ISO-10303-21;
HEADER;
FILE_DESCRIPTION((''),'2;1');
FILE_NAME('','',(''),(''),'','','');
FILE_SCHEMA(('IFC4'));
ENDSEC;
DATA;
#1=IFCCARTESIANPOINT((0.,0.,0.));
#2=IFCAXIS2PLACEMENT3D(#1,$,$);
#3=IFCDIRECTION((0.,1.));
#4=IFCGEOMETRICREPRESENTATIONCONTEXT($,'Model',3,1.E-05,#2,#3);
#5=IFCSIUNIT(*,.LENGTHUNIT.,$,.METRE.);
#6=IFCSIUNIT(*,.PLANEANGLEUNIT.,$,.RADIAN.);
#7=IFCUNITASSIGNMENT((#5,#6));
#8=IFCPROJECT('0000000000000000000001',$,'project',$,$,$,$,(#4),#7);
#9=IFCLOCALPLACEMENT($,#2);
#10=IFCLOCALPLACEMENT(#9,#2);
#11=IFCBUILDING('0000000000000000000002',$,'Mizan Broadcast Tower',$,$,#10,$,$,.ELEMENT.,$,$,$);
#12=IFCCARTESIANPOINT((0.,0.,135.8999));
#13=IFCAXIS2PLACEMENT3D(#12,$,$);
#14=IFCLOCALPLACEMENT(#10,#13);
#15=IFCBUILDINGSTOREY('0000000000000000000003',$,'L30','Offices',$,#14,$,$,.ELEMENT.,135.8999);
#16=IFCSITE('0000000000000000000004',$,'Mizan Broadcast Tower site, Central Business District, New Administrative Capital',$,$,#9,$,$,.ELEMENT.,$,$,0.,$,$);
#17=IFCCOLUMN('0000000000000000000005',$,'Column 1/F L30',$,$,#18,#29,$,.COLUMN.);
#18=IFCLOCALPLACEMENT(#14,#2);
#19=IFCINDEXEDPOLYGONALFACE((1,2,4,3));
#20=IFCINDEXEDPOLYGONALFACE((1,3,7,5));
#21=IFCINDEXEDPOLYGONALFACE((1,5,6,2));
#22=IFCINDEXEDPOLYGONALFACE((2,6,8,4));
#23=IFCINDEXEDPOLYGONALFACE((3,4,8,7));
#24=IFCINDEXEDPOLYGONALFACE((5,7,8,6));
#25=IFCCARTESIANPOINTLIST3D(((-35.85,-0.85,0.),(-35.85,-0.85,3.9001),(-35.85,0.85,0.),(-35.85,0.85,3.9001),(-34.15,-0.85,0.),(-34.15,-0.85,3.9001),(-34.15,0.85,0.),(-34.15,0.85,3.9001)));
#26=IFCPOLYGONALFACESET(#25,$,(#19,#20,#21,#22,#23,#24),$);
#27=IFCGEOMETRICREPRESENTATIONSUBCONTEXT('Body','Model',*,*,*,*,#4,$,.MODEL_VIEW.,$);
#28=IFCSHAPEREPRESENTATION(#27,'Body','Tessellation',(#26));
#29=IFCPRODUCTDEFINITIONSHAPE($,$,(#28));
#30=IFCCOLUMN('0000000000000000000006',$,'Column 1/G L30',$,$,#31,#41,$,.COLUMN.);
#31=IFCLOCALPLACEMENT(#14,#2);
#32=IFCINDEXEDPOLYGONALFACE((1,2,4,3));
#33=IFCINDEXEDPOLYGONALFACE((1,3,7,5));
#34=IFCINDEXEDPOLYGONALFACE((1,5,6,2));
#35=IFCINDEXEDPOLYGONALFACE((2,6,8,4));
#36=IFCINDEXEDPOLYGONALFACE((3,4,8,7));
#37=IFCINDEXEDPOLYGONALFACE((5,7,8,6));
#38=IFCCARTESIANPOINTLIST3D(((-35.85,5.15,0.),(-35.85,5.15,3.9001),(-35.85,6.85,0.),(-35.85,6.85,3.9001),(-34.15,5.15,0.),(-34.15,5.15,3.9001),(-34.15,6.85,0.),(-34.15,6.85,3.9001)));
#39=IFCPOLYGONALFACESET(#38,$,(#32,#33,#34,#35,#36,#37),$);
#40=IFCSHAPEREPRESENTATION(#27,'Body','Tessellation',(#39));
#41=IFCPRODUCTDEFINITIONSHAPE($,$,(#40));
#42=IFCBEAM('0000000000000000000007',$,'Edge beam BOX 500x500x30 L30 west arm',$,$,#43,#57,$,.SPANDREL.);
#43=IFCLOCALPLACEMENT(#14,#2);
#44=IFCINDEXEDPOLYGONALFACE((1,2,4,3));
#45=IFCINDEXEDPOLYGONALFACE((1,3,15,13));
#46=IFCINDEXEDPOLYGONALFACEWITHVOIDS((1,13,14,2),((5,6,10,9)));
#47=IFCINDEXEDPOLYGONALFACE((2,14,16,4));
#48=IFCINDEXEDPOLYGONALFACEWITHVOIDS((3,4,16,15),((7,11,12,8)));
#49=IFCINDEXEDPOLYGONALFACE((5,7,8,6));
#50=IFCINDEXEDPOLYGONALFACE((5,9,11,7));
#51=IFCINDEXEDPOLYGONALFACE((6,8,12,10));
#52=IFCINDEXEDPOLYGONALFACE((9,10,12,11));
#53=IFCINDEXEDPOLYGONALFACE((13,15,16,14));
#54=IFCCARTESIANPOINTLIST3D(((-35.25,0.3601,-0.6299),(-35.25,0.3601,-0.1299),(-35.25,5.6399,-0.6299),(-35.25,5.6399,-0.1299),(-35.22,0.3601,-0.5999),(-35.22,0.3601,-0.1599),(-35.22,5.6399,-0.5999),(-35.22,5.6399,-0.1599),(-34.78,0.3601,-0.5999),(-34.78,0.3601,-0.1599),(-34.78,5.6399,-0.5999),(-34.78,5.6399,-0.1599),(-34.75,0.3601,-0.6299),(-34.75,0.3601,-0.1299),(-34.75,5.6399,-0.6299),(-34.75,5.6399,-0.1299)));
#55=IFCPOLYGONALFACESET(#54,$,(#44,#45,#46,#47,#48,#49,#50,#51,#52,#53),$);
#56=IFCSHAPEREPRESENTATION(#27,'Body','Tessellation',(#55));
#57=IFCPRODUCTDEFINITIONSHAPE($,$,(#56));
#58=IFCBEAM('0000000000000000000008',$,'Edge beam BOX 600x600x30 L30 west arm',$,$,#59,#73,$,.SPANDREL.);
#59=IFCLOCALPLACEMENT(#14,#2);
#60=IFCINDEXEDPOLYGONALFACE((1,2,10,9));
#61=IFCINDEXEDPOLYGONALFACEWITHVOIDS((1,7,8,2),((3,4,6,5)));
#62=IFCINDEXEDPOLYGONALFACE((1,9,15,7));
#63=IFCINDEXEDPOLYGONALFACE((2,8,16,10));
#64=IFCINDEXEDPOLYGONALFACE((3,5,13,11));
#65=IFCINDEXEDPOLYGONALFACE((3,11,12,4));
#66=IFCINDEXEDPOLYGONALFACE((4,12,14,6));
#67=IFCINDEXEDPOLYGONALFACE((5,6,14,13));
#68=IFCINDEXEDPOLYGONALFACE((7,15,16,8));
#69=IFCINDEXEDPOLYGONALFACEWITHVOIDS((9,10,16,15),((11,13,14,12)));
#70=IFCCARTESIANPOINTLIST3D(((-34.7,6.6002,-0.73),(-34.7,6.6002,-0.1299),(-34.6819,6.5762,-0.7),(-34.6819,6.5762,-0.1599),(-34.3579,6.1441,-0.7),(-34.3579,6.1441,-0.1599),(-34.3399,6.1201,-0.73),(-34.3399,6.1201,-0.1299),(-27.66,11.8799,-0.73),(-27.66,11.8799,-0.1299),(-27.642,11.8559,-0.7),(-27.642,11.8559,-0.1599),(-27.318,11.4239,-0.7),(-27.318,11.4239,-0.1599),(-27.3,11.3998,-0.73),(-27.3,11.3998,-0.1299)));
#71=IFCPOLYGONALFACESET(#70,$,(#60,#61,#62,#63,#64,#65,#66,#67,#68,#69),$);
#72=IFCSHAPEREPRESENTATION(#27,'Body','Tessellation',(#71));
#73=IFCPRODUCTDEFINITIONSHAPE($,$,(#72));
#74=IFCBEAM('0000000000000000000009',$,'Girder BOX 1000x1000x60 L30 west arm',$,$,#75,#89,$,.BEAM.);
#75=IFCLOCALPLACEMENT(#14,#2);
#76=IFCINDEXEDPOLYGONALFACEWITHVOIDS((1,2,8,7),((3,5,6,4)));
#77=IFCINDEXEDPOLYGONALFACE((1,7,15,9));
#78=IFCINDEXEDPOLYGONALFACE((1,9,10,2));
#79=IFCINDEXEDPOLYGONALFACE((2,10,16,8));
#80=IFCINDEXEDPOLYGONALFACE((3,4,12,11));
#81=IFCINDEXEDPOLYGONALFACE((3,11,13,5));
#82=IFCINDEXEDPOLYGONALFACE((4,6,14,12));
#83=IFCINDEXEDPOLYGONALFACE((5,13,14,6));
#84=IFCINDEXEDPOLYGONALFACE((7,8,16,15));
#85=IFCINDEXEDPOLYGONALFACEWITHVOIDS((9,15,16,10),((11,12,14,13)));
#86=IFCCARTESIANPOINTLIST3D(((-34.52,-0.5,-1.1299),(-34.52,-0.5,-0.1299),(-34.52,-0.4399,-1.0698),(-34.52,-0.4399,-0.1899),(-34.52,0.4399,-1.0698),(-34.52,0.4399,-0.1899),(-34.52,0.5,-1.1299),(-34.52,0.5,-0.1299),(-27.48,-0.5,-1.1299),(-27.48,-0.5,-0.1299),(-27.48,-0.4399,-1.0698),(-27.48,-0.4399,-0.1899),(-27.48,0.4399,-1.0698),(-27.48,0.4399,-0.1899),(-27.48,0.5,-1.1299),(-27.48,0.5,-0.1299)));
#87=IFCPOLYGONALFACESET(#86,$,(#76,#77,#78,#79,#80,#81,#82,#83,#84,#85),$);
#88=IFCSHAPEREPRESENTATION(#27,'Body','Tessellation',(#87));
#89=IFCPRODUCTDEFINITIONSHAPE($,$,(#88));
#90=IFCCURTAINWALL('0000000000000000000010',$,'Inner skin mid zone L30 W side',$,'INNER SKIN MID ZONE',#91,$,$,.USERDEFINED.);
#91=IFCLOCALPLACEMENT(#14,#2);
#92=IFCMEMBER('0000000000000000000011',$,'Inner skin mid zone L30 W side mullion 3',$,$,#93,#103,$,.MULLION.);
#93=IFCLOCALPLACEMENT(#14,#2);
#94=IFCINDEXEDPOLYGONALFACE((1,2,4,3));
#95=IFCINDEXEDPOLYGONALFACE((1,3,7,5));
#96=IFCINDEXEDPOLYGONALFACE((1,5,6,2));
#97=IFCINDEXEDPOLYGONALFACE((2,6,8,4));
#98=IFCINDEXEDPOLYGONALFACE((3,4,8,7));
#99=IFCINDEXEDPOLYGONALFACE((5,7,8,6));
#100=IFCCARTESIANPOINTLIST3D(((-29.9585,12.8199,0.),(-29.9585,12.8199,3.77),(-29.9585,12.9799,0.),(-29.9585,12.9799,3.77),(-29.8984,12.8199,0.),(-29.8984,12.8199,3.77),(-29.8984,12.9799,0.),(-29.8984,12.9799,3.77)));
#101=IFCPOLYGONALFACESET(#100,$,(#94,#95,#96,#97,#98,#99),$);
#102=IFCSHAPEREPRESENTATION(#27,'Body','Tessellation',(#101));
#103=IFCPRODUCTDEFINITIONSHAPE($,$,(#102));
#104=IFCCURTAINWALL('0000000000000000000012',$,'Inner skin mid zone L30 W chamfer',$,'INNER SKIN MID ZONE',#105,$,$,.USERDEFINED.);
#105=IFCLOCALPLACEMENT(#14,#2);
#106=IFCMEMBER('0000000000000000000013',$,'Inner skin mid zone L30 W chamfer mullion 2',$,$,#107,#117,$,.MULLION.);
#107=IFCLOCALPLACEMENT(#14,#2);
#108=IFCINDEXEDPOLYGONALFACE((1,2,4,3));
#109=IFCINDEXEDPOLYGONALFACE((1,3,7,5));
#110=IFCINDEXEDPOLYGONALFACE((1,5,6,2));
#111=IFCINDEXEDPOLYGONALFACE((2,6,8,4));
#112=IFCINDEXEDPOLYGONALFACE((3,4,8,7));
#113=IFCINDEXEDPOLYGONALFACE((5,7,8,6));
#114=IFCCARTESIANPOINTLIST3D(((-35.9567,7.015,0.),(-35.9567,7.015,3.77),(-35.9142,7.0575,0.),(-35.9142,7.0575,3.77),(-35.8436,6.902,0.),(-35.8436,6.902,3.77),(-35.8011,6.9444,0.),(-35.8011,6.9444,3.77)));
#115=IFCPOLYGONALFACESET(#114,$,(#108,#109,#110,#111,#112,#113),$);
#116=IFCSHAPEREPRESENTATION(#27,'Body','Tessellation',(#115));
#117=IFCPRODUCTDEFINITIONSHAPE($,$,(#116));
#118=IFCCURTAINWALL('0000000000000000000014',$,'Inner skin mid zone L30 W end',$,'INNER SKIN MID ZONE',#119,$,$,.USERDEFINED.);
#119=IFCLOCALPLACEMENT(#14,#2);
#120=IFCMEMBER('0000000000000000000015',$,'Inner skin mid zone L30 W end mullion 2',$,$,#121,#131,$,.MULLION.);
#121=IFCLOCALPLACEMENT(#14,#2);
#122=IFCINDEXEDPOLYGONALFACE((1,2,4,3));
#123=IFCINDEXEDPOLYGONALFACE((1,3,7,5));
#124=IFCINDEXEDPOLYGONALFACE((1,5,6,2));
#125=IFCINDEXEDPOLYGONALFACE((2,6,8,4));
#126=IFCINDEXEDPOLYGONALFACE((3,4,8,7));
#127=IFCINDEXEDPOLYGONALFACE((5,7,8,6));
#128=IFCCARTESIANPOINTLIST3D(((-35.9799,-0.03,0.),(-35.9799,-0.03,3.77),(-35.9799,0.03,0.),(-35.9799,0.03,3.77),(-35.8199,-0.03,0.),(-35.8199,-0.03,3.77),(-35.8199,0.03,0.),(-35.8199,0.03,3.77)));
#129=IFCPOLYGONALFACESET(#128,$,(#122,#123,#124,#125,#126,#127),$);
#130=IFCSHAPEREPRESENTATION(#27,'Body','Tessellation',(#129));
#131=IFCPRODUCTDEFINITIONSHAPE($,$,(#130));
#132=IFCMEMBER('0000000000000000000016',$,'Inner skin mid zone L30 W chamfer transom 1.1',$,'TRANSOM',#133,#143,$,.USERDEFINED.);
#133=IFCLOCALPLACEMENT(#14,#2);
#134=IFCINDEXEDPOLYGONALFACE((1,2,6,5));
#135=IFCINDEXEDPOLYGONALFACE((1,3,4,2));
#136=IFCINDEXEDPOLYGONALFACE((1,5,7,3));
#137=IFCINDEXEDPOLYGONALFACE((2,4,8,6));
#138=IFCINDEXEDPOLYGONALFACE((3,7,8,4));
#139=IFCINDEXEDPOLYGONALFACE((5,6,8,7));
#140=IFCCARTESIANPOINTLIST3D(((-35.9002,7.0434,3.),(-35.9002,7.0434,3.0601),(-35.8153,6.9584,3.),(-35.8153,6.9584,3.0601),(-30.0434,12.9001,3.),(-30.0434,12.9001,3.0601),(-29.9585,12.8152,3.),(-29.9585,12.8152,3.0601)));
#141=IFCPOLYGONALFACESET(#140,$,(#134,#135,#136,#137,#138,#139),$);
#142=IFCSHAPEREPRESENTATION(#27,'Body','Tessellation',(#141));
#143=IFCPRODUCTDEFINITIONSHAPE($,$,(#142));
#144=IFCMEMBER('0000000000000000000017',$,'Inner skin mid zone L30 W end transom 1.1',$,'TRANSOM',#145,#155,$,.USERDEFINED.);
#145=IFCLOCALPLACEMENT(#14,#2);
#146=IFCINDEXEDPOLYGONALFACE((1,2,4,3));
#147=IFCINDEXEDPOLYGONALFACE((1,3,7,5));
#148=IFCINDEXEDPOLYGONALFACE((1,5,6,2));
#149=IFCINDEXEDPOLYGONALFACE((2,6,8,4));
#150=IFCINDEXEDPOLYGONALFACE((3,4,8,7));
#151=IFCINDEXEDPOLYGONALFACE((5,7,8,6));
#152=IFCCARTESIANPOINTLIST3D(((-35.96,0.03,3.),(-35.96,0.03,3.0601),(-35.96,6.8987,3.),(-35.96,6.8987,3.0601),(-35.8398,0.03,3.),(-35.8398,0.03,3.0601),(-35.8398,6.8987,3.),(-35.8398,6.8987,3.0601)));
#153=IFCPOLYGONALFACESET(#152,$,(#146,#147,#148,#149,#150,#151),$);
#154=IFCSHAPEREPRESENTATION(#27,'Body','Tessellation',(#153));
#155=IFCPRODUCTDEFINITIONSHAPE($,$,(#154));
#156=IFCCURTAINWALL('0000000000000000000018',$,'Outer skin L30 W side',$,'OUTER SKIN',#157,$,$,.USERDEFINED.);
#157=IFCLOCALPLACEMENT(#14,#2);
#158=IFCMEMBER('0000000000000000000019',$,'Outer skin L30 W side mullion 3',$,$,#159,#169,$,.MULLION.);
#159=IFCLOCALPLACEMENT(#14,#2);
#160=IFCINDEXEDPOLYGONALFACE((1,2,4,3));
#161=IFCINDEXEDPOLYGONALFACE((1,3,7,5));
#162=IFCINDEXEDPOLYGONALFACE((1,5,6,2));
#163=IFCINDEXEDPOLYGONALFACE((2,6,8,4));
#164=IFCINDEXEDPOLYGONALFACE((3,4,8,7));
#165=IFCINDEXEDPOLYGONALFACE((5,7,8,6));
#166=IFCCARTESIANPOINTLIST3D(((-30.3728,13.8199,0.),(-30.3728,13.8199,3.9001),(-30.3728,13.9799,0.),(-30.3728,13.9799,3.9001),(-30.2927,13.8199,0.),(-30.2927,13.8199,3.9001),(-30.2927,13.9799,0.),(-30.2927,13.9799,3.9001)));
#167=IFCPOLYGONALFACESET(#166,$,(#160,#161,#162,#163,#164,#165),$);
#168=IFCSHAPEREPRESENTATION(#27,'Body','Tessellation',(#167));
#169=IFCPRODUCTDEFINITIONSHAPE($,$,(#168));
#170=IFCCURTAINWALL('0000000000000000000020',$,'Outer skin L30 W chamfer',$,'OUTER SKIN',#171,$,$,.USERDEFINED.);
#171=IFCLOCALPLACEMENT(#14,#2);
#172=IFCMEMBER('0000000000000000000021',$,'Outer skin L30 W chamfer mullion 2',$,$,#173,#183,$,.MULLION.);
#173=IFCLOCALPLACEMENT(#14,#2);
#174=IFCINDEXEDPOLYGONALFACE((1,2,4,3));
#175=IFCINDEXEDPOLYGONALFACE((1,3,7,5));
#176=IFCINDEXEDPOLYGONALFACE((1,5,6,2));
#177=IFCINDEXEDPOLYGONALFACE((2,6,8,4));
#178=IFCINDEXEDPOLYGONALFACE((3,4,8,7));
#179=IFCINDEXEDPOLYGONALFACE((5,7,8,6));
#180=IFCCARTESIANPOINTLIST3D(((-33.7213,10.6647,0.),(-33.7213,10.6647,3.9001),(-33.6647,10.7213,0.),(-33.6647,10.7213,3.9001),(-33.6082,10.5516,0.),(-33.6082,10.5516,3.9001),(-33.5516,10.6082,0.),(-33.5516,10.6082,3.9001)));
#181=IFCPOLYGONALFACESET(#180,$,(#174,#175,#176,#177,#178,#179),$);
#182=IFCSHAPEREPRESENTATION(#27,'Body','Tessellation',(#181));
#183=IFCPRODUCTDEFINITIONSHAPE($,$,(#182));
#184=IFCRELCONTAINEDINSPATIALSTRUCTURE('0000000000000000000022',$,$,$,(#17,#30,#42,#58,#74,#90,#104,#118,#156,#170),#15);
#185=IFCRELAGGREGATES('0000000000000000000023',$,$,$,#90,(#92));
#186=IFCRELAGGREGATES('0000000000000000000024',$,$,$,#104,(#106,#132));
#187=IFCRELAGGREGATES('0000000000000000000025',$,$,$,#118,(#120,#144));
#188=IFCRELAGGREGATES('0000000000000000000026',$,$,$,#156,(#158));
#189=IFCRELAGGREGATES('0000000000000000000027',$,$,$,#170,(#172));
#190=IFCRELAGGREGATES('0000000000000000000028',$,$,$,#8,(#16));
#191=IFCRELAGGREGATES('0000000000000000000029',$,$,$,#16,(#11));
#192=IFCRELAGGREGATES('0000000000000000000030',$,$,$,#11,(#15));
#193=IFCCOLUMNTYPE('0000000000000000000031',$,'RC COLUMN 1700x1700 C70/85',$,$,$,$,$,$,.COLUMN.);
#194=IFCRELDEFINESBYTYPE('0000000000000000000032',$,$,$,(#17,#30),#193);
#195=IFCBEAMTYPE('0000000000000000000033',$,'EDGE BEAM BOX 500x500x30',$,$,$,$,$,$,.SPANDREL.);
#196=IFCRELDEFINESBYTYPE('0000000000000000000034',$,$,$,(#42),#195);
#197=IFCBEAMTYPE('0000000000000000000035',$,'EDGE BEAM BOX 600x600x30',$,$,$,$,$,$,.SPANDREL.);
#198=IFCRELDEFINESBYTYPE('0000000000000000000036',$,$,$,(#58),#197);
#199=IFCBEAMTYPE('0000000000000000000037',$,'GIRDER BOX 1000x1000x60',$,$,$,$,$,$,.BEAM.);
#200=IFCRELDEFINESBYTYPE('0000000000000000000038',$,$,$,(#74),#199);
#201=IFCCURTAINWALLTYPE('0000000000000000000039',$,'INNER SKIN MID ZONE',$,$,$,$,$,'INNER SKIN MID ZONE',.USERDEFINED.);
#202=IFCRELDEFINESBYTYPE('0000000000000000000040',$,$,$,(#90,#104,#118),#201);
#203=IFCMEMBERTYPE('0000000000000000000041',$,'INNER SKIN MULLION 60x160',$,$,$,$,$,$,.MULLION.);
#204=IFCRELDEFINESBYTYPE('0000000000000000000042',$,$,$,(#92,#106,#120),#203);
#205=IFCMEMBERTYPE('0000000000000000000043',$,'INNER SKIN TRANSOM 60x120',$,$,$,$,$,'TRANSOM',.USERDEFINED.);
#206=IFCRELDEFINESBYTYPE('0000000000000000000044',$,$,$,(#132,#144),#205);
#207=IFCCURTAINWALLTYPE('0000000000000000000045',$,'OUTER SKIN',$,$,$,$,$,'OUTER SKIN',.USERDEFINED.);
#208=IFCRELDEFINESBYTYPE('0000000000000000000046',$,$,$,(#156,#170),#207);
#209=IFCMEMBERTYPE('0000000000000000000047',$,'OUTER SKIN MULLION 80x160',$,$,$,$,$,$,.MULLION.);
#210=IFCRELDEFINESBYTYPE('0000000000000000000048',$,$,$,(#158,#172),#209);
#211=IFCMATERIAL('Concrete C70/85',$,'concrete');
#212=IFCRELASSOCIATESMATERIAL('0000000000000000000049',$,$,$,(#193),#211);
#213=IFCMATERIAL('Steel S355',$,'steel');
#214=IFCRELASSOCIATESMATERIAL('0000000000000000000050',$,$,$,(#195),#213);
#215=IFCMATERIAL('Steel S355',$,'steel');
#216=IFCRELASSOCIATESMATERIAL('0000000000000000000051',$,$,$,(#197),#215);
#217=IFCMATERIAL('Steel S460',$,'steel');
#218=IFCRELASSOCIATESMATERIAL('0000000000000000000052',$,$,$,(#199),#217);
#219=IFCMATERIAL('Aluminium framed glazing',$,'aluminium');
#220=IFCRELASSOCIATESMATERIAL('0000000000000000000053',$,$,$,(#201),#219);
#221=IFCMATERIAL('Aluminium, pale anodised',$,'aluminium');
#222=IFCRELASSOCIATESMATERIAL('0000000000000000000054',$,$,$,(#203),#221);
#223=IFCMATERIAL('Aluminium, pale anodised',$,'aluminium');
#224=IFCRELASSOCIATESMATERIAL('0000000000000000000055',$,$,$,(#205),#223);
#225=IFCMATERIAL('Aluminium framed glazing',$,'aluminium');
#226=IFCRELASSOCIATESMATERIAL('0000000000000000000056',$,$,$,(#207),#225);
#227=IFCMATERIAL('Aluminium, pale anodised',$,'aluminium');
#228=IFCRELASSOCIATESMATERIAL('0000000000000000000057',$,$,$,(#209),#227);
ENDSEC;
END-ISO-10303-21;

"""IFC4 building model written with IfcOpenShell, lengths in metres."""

from ifc_helpers import new_model, si_unit, direction, frame, origin, origin_2d, place, context, subcontext, project, spatial, rectangle, hollow_rectangle, extrude, material, material_profile, profile_set, type_object, element, aggregate, save


model = new_model("IFC4")

# Units and contexts
model_context = context("Model", 3, precision=1e-05, world=origin(), true_north=direction((0.0, 1.0)))
body_context = subcontext(model_context, "Body", "Model", "MODEL_VIEW")
ifc_project = project(units=[si_unit("LENGTHUNIT", "METRE"), si_unit("PLANEANGLEUNIT", "RADIAN")], contexts=[model_context])

# Site, building, storey
site_placement = place(None, origin())
site = spatial("IfcSite", under=ifc_project, at=site_placement, Name="Mizan Broadcast Tower site, Central Business District, New Administrative Capital", CompositionType="ELEMENT", RefElevation=0.0)
building_placement = place(site_placement, origin())
building = spatial("IfcBuilding", under=site, at=building_placement, Name="Mizan Broadcast Tower", CompositionType="ELEMENT")
storey_placement = place(building_placement, frame((0.0, 0.0, 135.8999)))
storey = spatial("IfcBuildingStorey", under=building, at=storey_placement, Name="L30", Description="Offices", CompositionType="ELEMENT", Elevation=135.8999)

# Columns
ifc_material_1 = material(Name="Concrete C70/85", Category="concrete")
ifc_material_profile_1 = material_profile(ifc_material_1, rectangle(XDim=1.7, YDim=1.7, at=origin_2d()), Name="RC 1700x1700")
ifc_profile_set_1 = profile_set([ifc_material_profile_1], Name="Concrete C70/85")
column_type = type_object("IfcColumnType", Name="RC COLUMN 1700x1700 C70/85", PredefinedType="COLUMN", material=ifc_profile_set_1)
for number, where, z_axis, x_axis, name in (
    (1, (-35.0, 0.0, 0.0), (0.0, 0.0, 1.0), (1.0, 0.0, 0.0), "Column 1/F L30"),
    (2, (-35.0, 6.0, 0.0), (0.0, 0.0, 1.0), (1.0, 0.0, 0.0), "Column 1/G L30"),
):
    element("IfcColumn", number, at=place(storey_placement, frame(where, z_axis=z_axis, x_axis=x_axis)), inside=storey, type_object=column_type, Name=name, PredefinedType="COLUMN", context=body_context, shape_type="SweptSolid", body=[
        extrude(rectangle(XDim=1.7, YDim=1.7, at=origin_2d()), origin(), (0.0, 0.0, 1.0), 3.9001),
    ])

# Beams
ifc_material_2 = material(Name="Steel S355", Category="steel")
ifc_material_profile_2 = material_profile(ifc_material_2, hollow_rectangle(XDim=0.5, YDim=0.5, WallThickness=0.03, at=origin_2d()), Name="BOX 500x500x30")
ifc_profile_set_2 = profile_set([ifc_material_profile_2], Name="Steel S355")
beam_type_1 = type_object("IfcBeamType", Name="EDGE BEAM BOX 500x500x30", PredefinedType="SPANDREL", material=ifc_profile_set_2)
beam_1_placement = place(storey_placement, frame((-35.0, 5.6399, -0.3799), z_axis=(0.0, -1.0, 0.0), x_axis=(1.0, 0.0, 0.0)))
element("IfcBeam", 3, at=beam_1_placement, inside=storey, type_object=beam_type_1, Name="Edge beam BOX 500x500x30 L30 west arm", PredefinedType="SPANDREL", context=body_context, shape_type="SweptSolid", body=[
    extrude(hollow_rectangle(XDim=0.5, YDim=0.5, WallThickness=0.03, at=origin_2d()), origin(), (0.0, 0.0, 1.0), 5.2798),
])
ifc_material_3 = material(Name="Steel S355", Category="steel")
ifc_material_profile_3 = material_profile(ifc_material_3, hollow_rectangle(XDim=0.6001, YDim=0.6001, WallThickness=0.03, at=origin_2d()), Name="BOX 600x600x30")
ifc_profile_set_3 = profile_set([ifc_material_profile_3], Name="Steel S355")
beam_type_2 = type_object("IfcBeamType", Name="EDGE BEAM BOX 600x600x30", PredefinedType="SPANDREL", material=ifc_profile_set_3)
beam_2_placement = place(storey_placement, frame((-27.48, 11.6399, -0.4299), z_axis=(-0.800013, -0.599982, 0.0), x_axis=(0.599982, -0.800013, 0.0)))
element("IfcBeam", 4, at=beam_2_placement, inside=storey, type_object=beam_type_2, Name="Edge beam BOX 600x600x30 L30 west arm", PredefinedType="SPANDREL", context=body_context, shape_type="SweptSolid", body=[
    extrude(hollow_rectangle(XDim=0.6001, YDim=0.6001, WallThickness=0.03, at=origin_2d()), origin(), (0.0, 0.0, 1.0), 8.7998),
])
ifc_material_4 = material(Name="Steel S460", Category="steel")
ifc_material_profile_4 = material_profile(ifc_material_4, hollow_rectangle(XDim=1.0, YDim=1.0, WallThickness=0.0601, at=origin_2d()), Name="BOX 1000x1000x60")
ifc_profile_set_4 = profile_set([ifc_material_profile_4], Name="Steel S460")
beam_type_3 = type_object("IfcBeamType", Name="GIRDER BOX 1000x1000x60", PredefinedType="BEAM", material=ifc_profile_set_4)
beam_3_placement = place(storey_placement, frame((-27.48, 0.0, -0.6299), z_axis=(-1.0, 0.0, 0.0), x_axis=(0.0, -1.0, 0.0)))
element("IfcBeam", 5, at=beam_3_placement, inside=storey, type_object=beam_type_3, Name="Girder BOX 1000x1000x60 L30 west arm", PredefinedType="BEAM", context=body_context, shape_type="SweptSolid", body=[
    extrude(hollow_rectangle(XDim=1.0, YDim=1.0, WallThickness=0.0601, at=origin_2d()), origin(), (0.0, 0.0, 1.0), 7.04),
])

# Curtain walls, members
ifc_material_5 = material(Name="Aluminium framed glazing", Category="aluminium")
curtain_wall_type_1 = type_object("IfcCurtainWallType", Name="INNER SKIN MID ZONE", ElementType="INNER SKIN MID ZONE", PredefinedType="USERDEFINED", material=ifc_material_5)
curtain_wall_1_placement = place(storey_placement, origin())
curtain_wall_1 = element("IfcCurtainWall", 6, at=curtain_wall_1_placement, inside=storey, type_object=curtain_wall_type_1, Name="Inner skin mid zone L30 W side", ObjectType="INNER SKIN MID ZONE", PredefinedType="USERDEFINED")
ifc_material_6 = material(Name="Aluminium, pale anodised", Category="aluminium")
ifc_material_profile_5 = material_profile(ifc_material_6, rectangle(XDim=0.1599, YDim=0.0601, at=origin_2d()), Name="MULLION 160x60")
ifc_profile_set_5 = profile_set([ifc_material_profile_5], Name="Aluminium, pale anodised")
member_type_1 = type_object("IfcMemberType", Name="INNER SKIN MULLION 60x160", PredefinedType="MULLION", material=ifc_profile_set_5)
member_1_placement = place(storey_placement, frame((-29.9285, 12.8999, 0.0), z_axis=(0.0, 0.0, 1.0), x_axis=(0.0, -1.0, 0.0)))
member_1 = element("IfcMember", 7, at=member_1_placement, type_object=member_type_1, Name="Inner skin mid zone L30 W side mullion 3", PredefinedType="MULLION", context=body_context, shape_type="SweptSolid", body=[
    extrude(rectangle(XDim=0.1599, YDim=0.0601, at=origin_2d()), origin(), (0.0, 0.0, 1.0), 3.77),
])
curtain_wall_2_placement = place(storey_placement, origin())
curtain_wall_2 = element("IfcCurtainWall", 8, at=curtain_wall_2_placement, inside=storey, type_object=curtain_wall_type_1, Name="Inner skin mid zone L30 W chamfer", ObjectType="INNER SKIN MID ZONE", PredefinedType="USERDEFINED")
member_2_placement = place(storey_placement, frame((-35.8789, 6.9797, 0.0), z_axis=(0.0, 0.0, 1.0), x_axis=(0.707107, -0.707107, 0.0)))
member_2 = element("IfcMember", 9, at=member_2_placement, type_object=member_type_1, Name="Inner skin mid zone L30 W chamfer mullion 2", PredefinedType="MULLION", context=body_context, shape_type="SweptSolid", body=[
    extrude(rectangle(XDim=0.1599, YDim=0.0601, at=origin_2d()), origin(), (0.0, 0.0, 1.0), 3.77),
])
curtain_wall_3_placement = place(storey_placement, origin())
curtain_wall_3 = element("IfcCurtainWall", 10, at=curtain_wall_3_placement, inside=storey, type_object=curtain_wall_type_1, Name="Inner skin mid zone L30 W end", ObjectType="INNER SKIN MID ZONE", PredefinedType="USERDEFINED")
member_3_placement = place(storey_placement, frame((-35.8999, 0.0, 0.0), z_axis=(0.0, 0.0, 1.0), x_axis=(1.0, 0.0, 0.0)))
member_3 = element("IfcMember", 11, at=member_3_placement, type_object=member_type_1, Name="Inner skin mid zone L30 W end mullion 2", PredefinedType="MULLION", context=body_context, shape_type="SweptSolid", body=[
    extrude(rectangle(XDim=0.1599, YDim=0.0601, at=origin_2d()), origin(), (0.0, 0.0, 1.0), 3.77),
])

# Members
ifc_material_7 = material(Name="Aluminium, pale anodised", Category="aluminium")
ifc_material_profile_6 = material_profile(ifc_material_7, rectangle(XDim=0.1201, YDim=0.0601, at=origin_2d()), Name="TRANSOM 120x60")
ifc_profile_set_6 = profile_set([ifc_material_profile_6], Name="Aluminium, pale anodised")
member_type_2 = type_object("IfcMemberType", Name="INNER SKIN TRANSOM 60x120", ElementType="TRANSOM", PredefinedType="USERDEFINED", material=ifc_profile_set_6)
member_4_placement = place(storey_placement, frame((-30.001, 12.8577, 3.03), z_axis=(-0.707107, -0.707107, 0.0), x_axis=(0.707107, -0.707107, 0.0)))
member_4 = element("IfcMember", 12, at=member_4_placement, type_object=member_type_2, Name="Inner skin mid zone L30 W chamfer transom 1.1", ObjectType="TRANSOM", PredefinedType="USERDEFINED", context=body_context, shape_type="SweptSolid", body=[
    extrude(rectangle(XDim=0.1201, YDim=0.0601, at=origin_2d()), origin(), (0.0, 0.0, 1.0), 8.2827),
])
member_5_placement = place(storey_placement, frame((-35.8999, 6.8987, 3.03), z_axis=(0.0, -1.0, 0.0), x_axis=(1.0, 0.0, 0.0)))
member_5 = element("IfcMember", 13, at=member_5_placement, type_object=member_type_2, Name="Inner skin mid zone L30 W end transom 1.1", ObjectType="TRANSOM", PredefinedType="USERDEFINED", context=body_context, shape_type="SweptSolid", body=[
    extrude(rectangle(XDim=0.1201, YDim=0.0601, at=origin_2d()), origin(), (0.0, 0.0, 1.0), 6.8687),
])

# Curtain wall, member
ifc_material_8 = material(Name="Aluminium framed glazing", Category="aluminium")
curtain_wall_type_2 = type_object("IfcCurtainWallType", Name="OUTER SKIN", ElementType="OUTER SKIN", PredefinedType="USERDEFINED", material=ifc_material_8)
curtain_wall_4_placement = place(storey_placement, origin())
curtain_wall_4 = element("IfcCurtainWall", 14, at=curtain_wall_4_placement, inside=storey, type_object=curtain_wall_type_2, Name="Outer skin L30 W side", ObjectType="OUTER SKIN", PredefinedType="USERDEFINED")
ifc_material_9 = material(Name="Aluminium, pale anodised", Category="aluminium")
ifc_material_profile_7 = material_profile(ifc_material_9, rectangle(XDim=0.1599, YDim=0.0801, at=origin_2d()), Name="MULLION 160x80")
ifc_profile_set_7 = profile_set([ifc_material_profile_7], Name="Aluminium, pale anodised")
member_type_3 = type_object("IfcMemberType", Name="OUTER SKIN MULLION 80x160", PredefinedType="MULLION", material=ifc_profile_set_7)
member_6_placement = place(storey_placement, frame((-30.3328, 13.8999, 0.0), z_axis=(0.0, 0.0, 1.0), x_axis=(0.0, -1.0, 0.0)))
member_6 = element("IfcMember", 15, at=member_6_placement, type_object=member_type_3, Name="Outer skin L30 W side mullion 3", PredefinedType="MULLION", context=body_context, shape_type="SweptSolid", body=[
    extrude(rectangle(XDim=0.1599, YDim=0.0801, at=origin_2d()), origin(), (0.0, 0.0, 1.0), 3.9001),
])

# Curtain wall, member
curtain_wall_5_placement = place(storey_placement, origin())
curtain_wall_5 = element("IfcCurtainWall", 16, at=curtain_wall_5_placement, inside=storey, type_object=curtain_wall_type_2, Name="Outer skin L30 W chamfer", ObjectType="OUTER SKIN", PredefinedType="USERDEFINED")
member_7_placement = place(storey_placement, frame((-33.6365, 10.6365, 0.0), z_axis=(0.0, 0.0, 1.0), x_axis=(0.707107, -0.707107, 0.0)))
member_7 = element("IfcMember", 17, at=member_7_placement, type_object=member_type_3, Name="Outer skin L30 W chamfer mullion 2", PredefinedType="MULLION", context=body_context, shape_type="SweptSolid", body=[
    extrude(rectangle(XDim=0.1599, YDim=0.0801, at=origin_2d()), origin(), (0.0, 0.0, 1.0), 3.9001),
])

aggregate(curtain_wall_1, [member_1])
aggregate(curtain_wall_2, [member_2, member_4])
aggregate(curtain_wall_3, [member_3, member_5])
aggregate(curtain_wall_4, [member_6])
aggregate(curtain_wall_5, [member_7])

save(model, "model.ifc")
